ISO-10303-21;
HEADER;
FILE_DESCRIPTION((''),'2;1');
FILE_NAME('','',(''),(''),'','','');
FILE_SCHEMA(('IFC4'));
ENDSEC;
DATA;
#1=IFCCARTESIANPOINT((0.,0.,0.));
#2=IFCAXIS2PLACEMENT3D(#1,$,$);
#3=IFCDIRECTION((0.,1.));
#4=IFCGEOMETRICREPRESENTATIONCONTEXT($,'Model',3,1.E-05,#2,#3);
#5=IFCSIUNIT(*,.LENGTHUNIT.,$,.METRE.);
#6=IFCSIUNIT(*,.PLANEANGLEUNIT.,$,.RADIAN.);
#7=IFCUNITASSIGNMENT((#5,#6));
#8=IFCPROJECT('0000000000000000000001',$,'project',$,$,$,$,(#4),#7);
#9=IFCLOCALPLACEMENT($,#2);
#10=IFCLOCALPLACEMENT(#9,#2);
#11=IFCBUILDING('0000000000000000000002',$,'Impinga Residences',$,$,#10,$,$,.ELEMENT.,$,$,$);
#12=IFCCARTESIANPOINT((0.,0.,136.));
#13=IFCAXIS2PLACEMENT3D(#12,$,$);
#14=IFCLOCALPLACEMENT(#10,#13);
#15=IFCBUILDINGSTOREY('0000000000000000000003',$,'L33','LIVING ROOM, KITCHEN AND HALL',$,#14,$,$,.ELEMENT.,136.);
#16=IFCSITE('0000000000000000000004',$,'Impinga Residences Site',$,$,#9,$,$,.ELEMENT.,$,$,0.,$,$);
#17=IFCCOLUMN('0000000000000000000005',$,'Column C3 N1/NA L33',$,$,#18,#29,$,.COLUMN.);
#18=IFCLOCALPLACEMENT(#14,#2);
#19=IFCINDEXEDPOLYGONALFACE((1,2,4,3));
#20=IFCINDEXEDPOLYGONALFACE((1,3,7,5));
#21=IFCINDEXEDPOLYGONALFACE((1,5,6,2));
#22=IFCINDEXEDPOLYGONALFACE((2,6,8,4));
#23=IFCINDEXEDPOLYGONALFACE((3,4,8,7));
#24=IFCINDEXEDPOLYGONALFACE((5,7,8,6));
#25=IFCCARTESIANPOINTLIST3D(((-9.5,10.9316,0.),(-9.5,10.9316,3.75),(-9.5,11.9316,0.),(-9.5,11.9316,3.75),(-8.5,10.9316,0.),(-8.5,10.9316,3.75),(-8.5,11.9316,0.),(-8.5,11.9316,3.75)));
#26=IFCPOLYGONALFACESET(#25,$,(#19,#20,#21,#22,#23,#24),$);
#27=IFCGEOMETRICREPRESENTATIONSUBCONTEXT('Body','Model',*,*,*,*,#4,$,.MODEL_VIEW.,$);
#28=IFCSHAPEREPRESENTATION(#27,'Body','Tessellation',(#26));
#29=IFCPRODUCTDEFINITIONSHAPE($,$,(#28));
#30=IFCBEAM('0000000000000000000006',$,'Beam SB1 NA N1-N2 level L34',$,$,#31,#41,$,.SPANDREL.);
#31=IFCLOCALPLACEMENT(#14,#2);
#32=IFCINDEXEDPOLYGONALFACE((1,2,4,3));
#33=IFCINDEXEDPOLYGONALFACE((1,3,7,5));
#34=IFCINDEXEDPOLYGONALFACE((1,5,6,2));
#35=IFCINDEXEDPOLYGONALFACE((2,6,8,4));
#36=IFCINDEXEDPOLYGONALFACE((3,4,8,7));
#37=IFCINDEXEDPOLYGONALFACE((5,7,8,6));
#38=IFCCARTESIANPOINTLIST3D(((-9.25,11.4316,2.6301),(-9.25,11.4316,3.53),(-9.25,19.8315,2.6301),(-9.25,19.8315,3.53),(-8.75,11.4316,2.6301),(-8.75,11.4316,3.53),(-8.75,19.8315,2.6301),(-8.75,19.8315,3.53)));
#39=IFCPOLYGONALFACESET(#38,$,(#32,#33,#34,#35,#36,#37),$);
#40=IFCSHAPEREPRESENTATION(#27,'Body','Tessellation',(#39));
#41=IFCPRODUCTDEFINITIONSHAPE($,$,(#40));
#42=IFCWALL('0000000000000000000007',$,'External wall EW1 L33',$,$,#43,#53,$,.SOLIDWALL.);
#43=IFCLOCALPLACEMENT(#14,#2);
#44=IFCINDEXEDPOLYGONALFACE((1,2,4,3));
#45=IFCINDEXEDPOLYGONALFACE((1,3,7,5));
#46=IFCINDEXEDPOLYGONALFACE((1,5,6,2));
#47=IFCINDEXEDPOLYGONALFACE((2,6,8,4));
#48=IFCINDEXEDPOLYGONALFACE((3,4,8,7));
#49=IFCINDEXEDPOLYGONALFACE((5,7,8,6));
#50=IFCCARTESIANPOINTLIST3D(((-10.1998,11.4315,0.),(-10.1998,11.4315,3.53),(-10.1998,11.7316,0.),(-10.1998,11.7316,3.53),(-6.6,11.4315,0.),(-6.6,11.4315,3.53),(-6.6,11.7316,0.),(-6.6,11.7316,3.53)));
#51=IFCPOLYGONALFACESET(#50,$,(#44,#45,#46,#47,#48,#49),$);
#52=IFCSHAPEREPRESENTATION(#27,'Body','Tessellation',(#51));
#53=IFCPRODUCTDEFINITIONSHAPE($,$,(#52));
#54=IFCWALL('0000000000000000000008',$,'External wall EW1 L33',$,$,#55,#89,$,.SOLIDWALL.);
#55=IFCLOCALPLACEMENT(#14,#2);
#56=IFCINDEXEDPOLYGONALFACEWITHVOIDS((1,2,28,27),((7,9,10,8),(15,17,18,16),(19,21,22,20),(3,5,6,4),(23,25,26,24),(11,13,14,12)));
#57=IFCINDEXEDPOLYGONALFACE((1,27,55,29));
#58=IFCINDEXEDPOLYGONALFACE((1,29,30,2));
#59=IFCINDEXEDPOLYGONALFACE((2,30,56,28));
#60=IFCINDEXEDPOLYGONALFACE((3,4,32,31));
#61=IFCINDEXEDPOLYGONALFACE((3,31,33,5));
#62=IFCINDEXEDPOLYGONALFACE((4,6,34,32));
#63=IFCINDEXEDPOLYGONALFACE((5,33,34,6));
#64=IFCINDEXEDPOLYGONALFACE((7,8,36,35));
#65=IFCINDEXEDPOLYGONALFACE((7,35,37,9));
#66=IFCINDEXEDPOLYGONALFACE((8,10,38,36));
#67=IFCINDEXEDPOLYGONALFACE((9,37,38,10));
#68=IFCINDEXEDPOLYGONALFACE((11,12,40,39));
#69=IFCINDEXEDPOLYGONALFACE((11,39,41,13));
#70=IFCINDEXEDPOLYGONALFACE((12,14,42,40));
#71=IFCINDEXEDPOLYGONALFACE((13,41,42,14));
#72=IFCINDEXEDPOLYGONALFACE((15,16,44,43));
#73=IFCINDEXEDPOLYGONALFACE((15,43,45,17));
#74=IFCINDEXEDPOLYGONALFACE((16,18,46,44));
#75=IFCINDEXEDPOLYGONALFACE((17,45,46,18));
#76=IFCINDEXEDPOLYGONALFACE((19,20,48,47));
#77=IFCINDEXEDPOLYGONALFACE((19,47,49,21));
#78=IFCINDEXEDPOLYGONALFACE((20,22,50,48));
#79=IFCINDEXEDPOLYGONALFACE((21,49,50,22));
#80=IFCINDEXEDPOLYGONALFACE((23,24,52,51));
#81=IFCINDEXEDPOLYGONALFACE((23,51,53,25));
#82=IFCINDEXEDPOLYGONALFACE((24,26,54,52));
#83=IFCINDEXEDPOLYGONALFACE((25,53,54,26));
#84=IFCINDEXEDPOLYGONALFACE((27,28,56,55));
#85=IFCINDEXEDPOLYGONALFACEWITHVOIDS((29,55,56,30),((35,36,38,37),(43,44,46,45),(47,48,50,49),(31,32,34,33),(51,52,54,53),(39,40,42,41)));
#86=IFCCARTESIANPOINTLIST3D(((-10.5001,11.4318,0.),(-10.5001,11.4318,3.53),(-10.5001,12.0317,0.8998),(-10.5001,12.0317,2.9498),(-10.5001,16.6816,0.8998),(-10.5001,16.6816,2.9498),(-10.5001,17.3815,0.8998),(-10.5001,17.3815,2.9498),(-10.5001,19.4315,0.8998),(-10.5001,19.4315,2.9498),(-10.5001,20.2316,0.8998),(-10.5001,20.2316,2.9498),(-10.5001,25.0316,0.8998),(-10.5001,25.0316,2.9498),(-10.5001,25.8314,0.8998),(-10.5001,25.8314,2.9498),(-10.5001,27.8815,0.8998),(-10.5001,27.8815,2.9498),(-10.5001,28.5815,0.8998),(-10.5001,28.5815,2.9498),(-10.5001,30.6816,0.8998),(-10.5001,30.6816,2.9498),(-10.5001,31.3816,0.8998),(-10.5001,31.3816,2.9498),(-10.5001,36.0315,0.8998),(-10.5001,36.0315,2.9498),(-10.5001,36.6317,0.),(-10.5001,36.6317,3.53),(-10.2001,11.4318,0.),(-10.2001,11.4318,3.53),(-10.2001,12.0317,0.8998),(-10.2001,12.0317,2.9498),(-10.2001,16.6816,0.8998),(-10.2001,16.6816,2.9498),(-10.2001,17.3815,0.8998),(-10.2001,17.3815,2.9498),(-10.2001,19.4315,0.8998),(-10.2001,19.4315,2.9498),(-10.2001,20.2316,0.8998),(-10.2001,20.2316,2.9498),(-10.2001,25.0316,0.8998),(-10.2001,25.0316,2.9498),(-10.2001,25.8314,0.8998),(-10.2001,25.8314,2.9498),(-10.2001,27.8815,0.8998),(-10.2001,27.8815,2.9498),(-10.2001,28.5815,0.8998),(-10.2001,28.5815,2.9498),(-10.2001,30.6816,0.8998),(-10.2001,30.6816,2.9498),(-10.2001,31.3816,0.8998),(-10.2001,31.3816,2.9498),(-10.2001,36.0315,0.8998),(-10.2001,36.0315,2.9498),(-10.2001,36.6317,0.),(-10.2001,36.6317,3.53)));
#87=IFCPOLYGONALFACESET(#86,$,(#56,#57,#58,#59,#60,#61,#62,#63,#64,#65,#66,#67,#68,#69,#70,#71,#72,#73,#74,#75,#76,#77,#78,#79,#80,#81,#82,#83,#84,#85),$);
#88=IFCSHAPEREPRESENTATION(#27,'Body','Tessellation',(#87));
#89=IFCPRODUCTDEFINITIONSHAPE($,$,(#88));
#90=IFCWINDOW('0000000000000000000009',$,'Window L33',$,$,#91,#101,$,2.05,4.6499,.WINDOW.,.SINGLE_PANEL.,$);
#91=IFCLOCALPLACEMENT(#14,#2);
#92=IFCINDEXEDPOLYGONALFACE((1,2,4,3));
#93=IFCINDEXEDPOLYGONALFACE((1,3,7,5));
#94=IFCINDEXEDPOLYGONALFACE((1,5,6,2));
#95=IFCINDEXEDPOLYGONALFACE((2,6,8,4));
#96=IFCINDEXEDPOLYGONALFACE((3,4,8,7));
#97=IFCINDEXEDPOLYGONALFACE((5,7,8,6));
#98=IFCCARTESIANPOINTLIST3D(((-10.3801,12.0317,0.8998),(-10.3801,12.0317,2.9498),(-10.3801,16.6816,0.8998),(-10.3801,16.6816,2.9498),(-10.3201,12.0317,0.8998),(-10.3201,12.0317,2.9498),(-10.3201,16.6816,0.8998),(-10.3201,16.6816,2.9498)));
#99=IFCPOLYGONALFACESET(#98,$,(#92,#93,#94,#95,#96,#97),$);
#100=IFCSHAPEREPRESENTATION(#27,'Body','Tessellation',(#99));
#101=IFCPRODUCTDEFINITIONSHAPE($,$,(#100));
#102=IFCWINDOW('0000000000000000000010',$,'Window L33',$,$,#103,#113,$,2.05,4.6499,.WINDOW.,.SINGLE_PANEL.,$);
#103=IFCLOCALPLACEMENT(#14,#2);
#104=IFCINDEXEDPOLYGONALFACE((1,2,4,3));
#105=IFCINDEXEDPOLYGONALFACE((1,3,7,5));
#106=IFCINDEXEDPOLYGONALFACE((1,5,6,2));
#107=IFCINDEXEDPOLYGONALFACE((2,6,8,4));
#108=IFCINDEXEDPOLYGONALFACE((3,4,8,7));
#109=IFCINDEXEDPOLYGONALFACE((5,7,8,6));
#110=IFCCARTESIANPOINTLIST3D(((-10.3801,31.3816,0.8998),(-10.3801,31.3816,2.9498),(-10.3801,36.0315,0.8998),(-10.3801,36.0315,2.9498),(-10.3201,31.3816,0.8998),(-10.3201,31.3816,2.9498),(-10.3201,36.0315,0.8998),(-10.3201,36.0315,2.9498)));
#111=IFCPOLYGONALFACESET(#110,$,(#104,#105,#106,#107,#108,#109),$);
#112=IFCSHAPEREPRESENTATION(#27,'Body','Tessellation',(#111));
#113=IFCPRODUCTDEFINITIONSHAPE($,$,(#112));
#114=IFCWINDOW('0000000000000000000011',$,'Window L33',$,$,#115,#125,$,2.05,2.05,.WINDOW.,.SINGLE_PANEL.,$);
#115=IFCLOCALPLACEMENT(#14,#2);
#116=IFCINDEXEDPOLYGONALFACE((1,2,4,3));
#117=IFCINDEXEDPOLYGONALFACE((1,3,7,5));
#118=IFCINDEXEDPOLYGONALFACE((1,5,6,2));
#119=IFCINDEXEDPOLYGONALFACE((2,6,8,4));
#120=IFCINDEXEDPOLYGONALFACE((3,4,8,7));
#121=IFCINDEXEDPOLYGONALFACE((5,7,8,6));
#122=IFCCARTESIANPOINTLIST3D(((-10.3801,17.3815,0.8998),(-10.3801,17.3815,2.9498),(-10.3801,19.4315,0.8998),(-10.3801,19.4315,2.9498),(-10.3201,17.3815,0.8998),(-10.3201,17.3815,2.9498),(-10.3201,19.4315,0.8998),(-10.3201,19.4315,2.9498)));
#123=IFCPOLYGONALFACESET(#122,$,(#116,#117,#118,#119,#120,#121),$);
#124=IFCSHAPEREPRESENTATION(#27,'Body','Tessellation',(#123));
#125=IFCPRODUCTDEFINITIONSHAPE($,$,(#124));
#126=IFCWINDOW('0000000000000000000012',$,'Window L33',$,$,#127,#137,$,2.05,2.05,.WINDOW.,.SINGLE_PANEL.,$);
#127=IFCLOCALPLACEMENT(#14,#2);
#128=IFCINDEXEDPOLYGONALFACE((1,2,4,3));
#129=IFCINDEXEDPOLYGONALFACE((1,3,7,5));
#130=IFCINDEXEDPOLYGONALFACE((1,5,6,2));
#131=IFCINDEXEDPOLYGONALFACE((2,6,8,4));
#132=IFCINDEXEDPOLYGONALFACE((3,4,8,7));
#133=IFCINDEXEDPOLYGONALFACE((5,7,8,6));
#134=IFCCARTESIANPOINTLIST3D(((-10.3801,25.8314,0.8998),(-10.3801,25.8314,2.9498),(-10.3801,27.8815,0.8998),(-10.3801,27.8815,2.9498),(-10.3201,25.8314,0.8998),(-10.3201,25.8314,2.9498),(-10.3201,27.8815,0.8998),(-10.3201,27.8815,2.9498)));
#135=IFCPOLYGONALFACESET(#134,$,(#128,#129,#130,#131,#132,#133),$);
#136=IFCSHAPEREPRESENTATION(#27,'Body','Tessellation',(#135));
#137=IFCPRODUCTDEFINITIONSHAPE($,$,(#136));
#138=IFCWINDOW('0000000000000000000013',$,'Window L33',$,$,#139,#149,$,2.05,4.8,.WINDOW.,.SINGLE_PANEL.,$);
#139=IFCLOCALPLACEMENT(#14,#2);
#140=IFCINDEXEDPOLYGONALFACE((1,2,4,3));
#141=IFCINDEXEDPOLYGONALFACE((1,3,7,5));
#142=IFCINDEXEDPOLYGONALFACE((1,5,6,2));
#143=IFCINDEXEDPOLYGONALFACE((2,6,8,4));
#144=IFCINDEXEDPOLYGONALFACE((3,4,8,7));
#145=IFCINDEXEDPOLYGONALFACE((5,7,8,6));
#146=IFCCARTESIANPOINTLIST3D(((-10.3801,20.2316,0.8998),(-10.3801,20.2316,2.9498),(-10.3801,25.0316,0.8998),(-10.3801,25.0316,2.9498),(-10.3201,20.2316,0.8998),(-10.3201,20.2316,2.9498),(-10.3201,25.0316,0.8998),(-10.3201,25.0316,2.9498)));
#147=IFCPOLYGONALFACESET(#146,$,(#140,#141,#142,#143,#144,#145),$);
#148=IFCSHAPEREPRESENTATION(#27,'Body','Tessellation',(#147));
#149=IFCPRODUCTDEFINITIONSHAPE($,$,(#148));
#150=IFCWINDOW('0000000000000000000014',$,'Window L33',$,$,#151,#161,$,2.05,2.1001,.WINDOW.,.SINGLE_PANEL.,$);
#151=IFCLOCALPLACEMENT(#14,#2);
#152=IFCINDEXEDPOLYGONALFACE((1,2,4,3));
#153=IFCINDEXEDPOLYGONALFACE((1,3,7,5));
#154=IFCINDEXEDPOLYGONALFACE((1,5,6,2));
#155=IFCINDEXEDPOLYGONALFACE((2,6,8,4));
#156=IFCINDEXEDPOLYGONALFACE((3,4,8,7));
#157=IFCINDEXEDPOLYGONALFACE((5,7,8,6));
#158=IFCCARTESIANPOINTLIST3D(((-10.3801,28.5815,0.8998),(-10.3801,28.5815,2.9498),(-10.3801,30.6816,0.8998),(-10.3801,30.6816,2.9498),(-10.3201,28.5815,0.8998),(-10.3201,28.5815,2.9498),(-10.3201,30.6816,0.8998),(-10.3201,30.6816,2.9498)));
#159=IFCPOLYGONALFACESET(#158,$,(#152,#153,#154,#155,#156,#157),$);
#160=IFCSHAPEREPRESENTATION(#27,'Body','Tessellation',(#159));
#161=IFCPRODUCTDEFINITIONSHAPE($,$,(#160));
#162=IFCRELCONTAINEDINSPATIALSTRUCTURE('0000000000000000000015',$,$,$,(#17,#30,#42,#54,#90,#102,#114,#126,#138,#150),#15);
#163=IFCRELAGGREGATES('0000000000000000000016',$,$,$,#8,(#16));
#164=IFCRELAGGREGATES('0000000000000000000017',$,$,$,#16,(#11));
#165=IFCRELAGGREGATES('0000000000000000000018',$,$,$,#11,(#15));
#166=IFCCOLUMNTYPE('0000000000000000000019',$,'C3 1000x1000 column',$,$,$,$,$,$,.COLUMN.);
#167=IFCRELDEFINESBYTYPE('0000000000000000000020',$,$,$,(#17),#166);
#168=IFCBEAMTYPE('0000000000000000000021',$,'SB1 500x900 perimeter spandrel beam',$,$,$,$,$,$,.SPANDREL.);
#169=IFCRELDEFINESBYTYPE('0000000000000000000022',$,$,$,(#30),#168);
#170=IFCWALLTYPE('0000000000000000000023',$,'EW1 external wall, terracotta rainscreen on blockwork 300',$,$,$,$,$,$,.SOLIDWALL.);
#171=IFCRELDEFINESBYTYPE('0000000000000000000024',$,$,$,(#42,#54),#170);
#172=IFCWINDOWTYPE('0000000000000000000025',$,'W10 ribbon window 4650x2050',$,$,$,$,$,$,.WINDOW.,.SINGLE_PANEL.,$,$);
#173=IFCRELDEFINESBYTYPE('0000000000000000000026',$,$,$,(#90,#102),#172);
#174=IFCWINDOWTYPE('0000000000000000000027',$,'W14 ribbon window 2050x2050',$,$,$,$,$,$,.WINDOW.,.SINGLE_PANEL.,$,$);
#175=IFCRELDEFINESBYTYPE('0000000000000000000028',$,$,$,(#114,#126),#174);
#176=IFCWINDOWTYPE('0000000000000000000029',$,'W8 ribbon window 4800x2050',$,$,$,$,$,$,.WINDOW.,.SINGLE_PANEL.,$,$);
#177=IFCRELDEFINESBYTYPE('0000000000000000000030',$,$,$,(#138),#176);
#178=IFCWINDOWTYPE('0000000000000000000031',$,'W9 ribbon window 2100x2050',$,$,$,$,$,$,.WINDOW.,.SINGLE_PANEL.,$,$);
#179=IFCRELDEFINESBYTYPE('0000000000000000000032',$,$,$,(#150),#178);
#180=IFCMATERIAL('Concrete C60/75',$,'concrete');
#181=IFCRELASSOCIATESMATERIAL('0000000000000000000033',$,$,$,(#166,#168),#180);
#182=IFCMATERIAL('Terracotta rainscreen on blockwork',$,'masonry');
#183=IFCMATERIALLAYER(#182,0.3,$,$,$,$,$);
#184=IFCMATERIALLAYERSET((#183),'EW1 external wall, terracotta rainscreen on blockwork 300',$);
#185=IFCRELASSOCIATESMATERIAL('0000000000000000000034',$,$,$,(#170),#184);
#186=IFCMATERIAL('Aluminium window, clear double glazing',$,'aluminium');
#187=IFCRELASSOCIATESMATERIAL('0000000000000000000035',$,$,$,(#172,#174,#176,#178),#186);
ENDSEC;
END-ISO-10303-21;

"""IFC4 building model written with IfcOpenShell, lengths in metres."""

from ifc_helpers import new_model, si_unit, direction, frame, frame_2d, origin, origin_2d, place, context, subcontext, project, spatial, rectangle, extrude, material, layer, layer_set, material_profile, profile_set, type_object, element, fill, save


model = new_model("IFC4")

# Units and contexts
model_context = context("Model", 3, precision=1e-05, world=origin(), true_north=direction((0.0, 1.0)))
body_context = subcontext(model_context, "Body", "Model", "MODEL_VIEW")
ifc_project = project(units=[si_unit("LENGTHUNIT", "METRE"), si_unit("PLANEANGLEUNIT", "RADIAN")], contexts=[model_context])

# Site, building, storey
site_placement = place(None, origin())
site = spatial("IfcSite", under=ifc_project, at=site_placement, Name="Impinga Residences Site", CompositionType="ELEMENT", RefElevation=0.0)
building_placement = place(site_placement, origin())
building = spatial("IfcBuilding", under=site, at=building_placement, Name="Impinga Residences", CompositionType="ELEMENT")
storey_placement = place(building_placement, frame((0.0, 0.0, 136.0)))
storey = spatial("IfcBuildingStorey", under=building, at=storey_placement, Name="L33", Description="LIVING ROOM, KITCHEN AND HALL", CompositionType="ELEMENT", Elevation=136.0)

# Column
ifc_material_1 = material(Name="Concrete C60/75", Category="concrete")
ifc_material_profile_1 = material_profile(ifc_material_1, rectangle(XDim=1.0, YDim=1.0, at=origin_2d()), Name="RC 1000x1000")
ifc_profile_set_1 = profile_set([ifc_material_profile_1], Name="Concrete C60/75")
column_type = type_object("IfcColumnType", Name="C3 1000x1000 column", PredefinedType="COLUMN", material=ifc_profile_set_1)
column_placement = place(storey_placement, frame((-9.0, 11.4316, 0.0), z_axis=(0.0, 0.0, 1.0), x_axis=(1.0, 0.0, 0.0)))
element("IfcColumn", 1, at=column_placement, inside=storey, type_object=column_type, Name="Column C3 N1/NA L33", PredefinedType="COLUMN", context=body_context, shape_type="SweptSolid", body=[
    extrude(rectangle(XDim=1.0, YDim=1.0, at=origin_2d()), origin(), (0.0, 0.0, 1.0), 3.75),
])

# Beam
ifc_material_profile_2 = material_profile(ifc_material_1, rectangle(XDim=0.5, YDim=0.8999, at=origin_2d()), Name="RC 500x900")
ifc_profile_set_2 = profile_set([ifc_material_profile_2], Name="Concrete C60/75")
beam_type = type_object("IfcBeamType", Name="SB1 500x900 perimeter spandrel beam", PredefinedType="SPANDREL", material=ifc_profile_set_2)
beam_placement = place(storey_placement, frame((-9.0, 11.4316, 3.0801), z_axis=(0.0, 1.0, 0.0), x_axis=(-1.0, 0.0, 0.0)))
element("IfcBeam", 2, at=beam_placement, inside=storey, type_object=beam_type, Name="Beam SB1 NA N1-N2 level L34", PredefinedType="SPANDREL", context=body_context, shape_type="SweptSolid", body=[
    extrude(rectangle(XDim=0.5, YDim=0.8999, at=origin_2d()), origin(), (0.0, 0.0, 1.0), 8.3999),
])

# Wall
ifc_material_2 = material(Name="Terracotta rainscreen on blockwork", Category="masonry")
ifc_layer_1 = layer(ifc_material_2, 0.3)
ifc_layer_set_1 = layer_set([ifc_layer_1], Name="EW1 external wall, terracotta rainscreen on blockwork 300")
wall_type_1 = type_object("IfcWallType", Name="EW1 external wall, terracotta rainscreen on blockwork 300", PredefinedType="SOLIDWALL", material=ifc_layer_set_1)
wall_1_placement = place(storey_placement, frame((-6.6001, 11.5815, 0.0), z_axis=(0.0, 0.0, 1.0), x_axis=(-1.0, 0.0, 0.0)))
element("IfcWall", 3, at=wall_1_placement, inside=storey, type_object=wall_type_1, Name="External wall EW1 L33", PredefinedType="SOLIDWALL", context=body_context, shape_type="SweptSolid", body=[
    extrude(rectangle(XDim=3.5999, YDim=0.3, at=frame_2d((1.7998, 0.0))), origin(), (0.0, 0.0, 1.0), 3.53),
])

# Wall, openings, windows
wall_2_placement = place(storey_placement, frame((-10.3501, 11.4316, 0.0), z_axis=(0.0, 0.0, 1.0), x_axis=(0.0, 1.0, 0.0)))
wall_2 = element("IfcWall", 4, at=wall_2_placement, inside=storey, type_object=wall_type_1, Name="External wall EW1 L33", PredefinedType="SOLIDWALL", context=body_context, shape_type="SweptSolid", body=[
    extrude(rectangle(XDim=25.2, YDim=0.3, at=frame_2d((12.6001, 0.0))), origin(), (0.0, 0.0, 1.0), 3.53),
])
opening_1_placement = place(wall_2_placement, frame((0.6001, 0.0, 0.8999)))
opening_1 = element("IfcOpeningElement", 5, at=opening_1_placement, cuts=wall_2, PredefinedType="OPENING", context=body_context, shape_type="SweptSolid", body=[
    extrude(rectangle(XDim=4.6499, YDim=2.05, at=frame_2d((2.325, 1.0249))), frame((0.0, 0.1599, 0.0), z_axis=(0.0, -1.0, 0.0), x_axis=(1.0, 0.0, 0.0)), (0.0, 0.0, 1.0), 0.3201),
])
opening_2_placement = place(wall_2_placement, frame((5.95, 0.0, 0.8999)))
opening_2 = element("IfcOpeningElement", 6, at=opening_2_placement, cuts=wall_2, PredefinedType="OPENING", context=body_context, shape_type="SweptSolid", body=[
    extrude(rectangle(XDim=2.05, YDim=2.05, at=frame_2d((1.0249, 1.0249))), frame((0.0, 0.1599, 0.0), z_axis=(0.0, -1.0, 0.0), x_axis=(1.0, 0.0, 0.0)), (0.0, 0.0, 1.0), 0.3201),
])
opening_3_placement = place(wall_2_placement, frame((8.8, 0.0, 0.8999)))
opening_3 = element("IfcOpeningElement", 7, at=opening_3_placement, cuts=wall_2, PredefinedType="OPENING", context=body_context, shape_type="SweptSolid", body=[
    extrude(rectangle(XDim=4.8, YDim=2.05, at=frame_2d((2.3999, 1.0249))), frame((0.0, 0.1599, 0.0), z_axis=(0.0, -1.0, 0.0), x_axis=(1.0, 0.0, 0.0)), (0.0, 0.0, 1.0), 0.3201),
])
opening_4_placement = place(wall_2_placement, frame((14.3999, 0.0, 0.8999)))
opening_4 = element("IfcOpeningElement", 8, at=opening_4_placement, cuts=wall_2, PredefinedType="OPENING", context=body_context, shape_type="SweptSolid", body=[
    extrude(rectangle(XDim=2.05, YDim=2.05, at=frame_2d((1.0249, 1.0249))), frame((0.0, 0.1599, 0.0), z_axis=(0.0, -1.0, 0.0), x_axis=(1.0, 0.0, 0.0)), (0.0, 0.0, 1.0), 0.3201),
])
opening_5_placement = place(wall_2_placement, frame((17.1499, 0.0, 0.8999)))
opening_5 = element("IfcOpeningElement", 9, at=opening_5_placement, cuts=wall_2, PredefinedType="OPENING", context=body_context, shape_type="SweptSolid", body=[
    extrude(rectangle(XDim=2.1001, YDim=2.05, at=frame_2d((1.05, 1.0249))), frame((0.0, 0.1599, 0.0), z_axis=(0.0, -1.0, 0.0), x_axis=(1.0, 0.0, 0.0)), (0.0, 0.0, 1.0), 0.3201),
])
opening_6_placement = place(wall_2_placement, frame((19.95, 0.0, 0.8999)))
opening_6 = element("IfcOpeningElement", 10, at=opening_6_placement, cuts=wall_2, PredefinedType="OPENING", context=body_context, shape_type="SweptSolid", body=[
    extrude(rectangle(XDim=4.6499, YDim=2.05, at=frame_2d((2.325, 1.0249))), frame((0.0, 0.1599, 0.0), z_axis=(0.0, -1.0, 0.0), x_axis=(1.0, 0.0, 0.0)), (0.0, 0.0, 1.0), 0.3201),
])
ifc_material_3 = material(Name="Aluminium window, clear double glazing", Category="aluminium")
window_type_1 = type_object("IfcWindowType", Name="W10 ribbon window 4650x2050", PartitioningType="SINGLE_PANEL", PredefinedType="WINDOW", material=ifc_material_3)
window_1_placement = place(opening_1_placement, origin())
window_1 = element("IfcWindow", 11, at=window_1_placement, inside=storey, type_object=window_type_1, Name="Window L33", OverallHeight=2.05, OverallWidth=4.6499, PartitioningType="SINGLE_PANEL", PredefinedType="WINDOW", context=body_context, shape_type="SweptSolid", body=[
    extrude(rectangle(XDim=4.6499, YDim=2.05, at=frame_2d((2.325, 1.0249))), frame((0.0, 0.03, 0.0), z_axis=(0.0, -1.0, 0.0), x_axis=(1.0, 0.0, 0.0)), (0.0, 0.0, 1.0), 0.0601),
])
fill(opening_1, window_1)
window_2_placement = place(opening_6_placement, origin())
window_2 = element("IfcWindow", 12, at=window_2_placement, inside=storey, type_object=window_type_1, Name="Window L33", OverallHeight=2.05, OverallWidth=4.6499, PartitioningType="SINGLE_PANEL", PredefinedType="WINDOW", context=body_context, shape_type="SweptSolid", body=[
    extrude(rectangle(XDim=4.6499, YDim=2.05, at=frame_2d((2.325, 1.0249))), frame((0.0, 0.03, 0.0), z_axis=(0.0, -1.0, 0.0), x_axis=(1.0, 0.0, 0.0)), (0.0, 0.0, 1.0), 0.0601),
])
fill(opening_6, window_2)
window_type_2 = type_object("IfcWindowType", Name="W14 ribbon window 2050x2050", PartitioningType="SINGLE_PANEL", PredefinedType="WINDOW", material=ifc_material_3)
window_3_placement = place(opening_2_placement, origin())
window_3 = element("IfcWindow", 13, at=window_3_placement, inside=storey, type_object=window_type_2, Name="Window L33", OverallHeight=2.05, OverallWidth=2.05, PartitioningType="SINGLE_PANEL", PredefinedType="WINDOW", context=body_context, shape_type="SweptSolid", body=[
    extrude(rectangle(XDim=2.05, YDim=2.05, at=frame_2d((1.0249, 1.0249))), frame((0.0, 0.03, 0.0), z_axis=(0.0, -1.0, 0.0), x_axis=(1.0, 0.0, 0.0)), (0.0, 0.0, 1.0), 0.0601),
])
fill(opening_2, window_3)
window_4_placement = place(opening_4_placement, origin())
window_4 = element("IfcWindow", 14, at=window_4_placement, inside=storey, type_object=window_type_2, Name="Window L33", OverallHeight=2.05, OverallWidth=2.05, PartitioningType="SINGLE_PANEL", PredefinedType="WINDOW", context=body_context, shape_type="SweptSolid", body=[
    extrude(rectangle(XDim=2.05, YDim=2.05, at=frame_2d((1.0249, 1.0249))), frame((0.0, 0.03, 0.0), z_axis=(0.0, -1.0, 0.0), x_axis=(1.0, 0.0, 0.0)), (0.0, 0.0, 1.0), 0.0601),
])
fill(opening_4, window_4)
window_type_3 = type_object("IfcWindowType", Name="W8 ribbon window 4800x2050", PartitioningType="SINGLE_PANEL", PredefinedType="WINDOW", material=ifc_material_3)
window_5_placement = place(opening_3_placement, origin())
window_5 = element("IfcWindow", 15, at=window_5_placement, inside=storey, type_object=window_type_3, Name="Window L33", OverallHeight=2.05, OverallWidth=4.8, PartitioningType="SINGLE_PANEL", PredefinedType="WINDOW", context=body_context, shape_type="SweptSolid", body=[
    extrude(rectangle(XDim=4.8, YDim=2.05, at=frame_2d((2.3999, 1.0249))), frame((0.0, 0.03, 0.0), z_axis=(0.0, -1.0, 0.0), x_axis=(1.0, 0.0, 0.0)), (0.0, 0.0, 1.0), 0.0601),
])
fill(opening_3, window_5)
window_type_4 = type_object("IfcWindowType", Name="W9 ribbon window 2100x2050", PartitioningType="SINGLE_PANEL", PredefinedType="WINDOW", material=ifc_material_3)
window_6_placement = place(opening_5_placement, origin())
window_6 = element("IfcWindow", 16, at=window_6_placement, inside=storey, type_object=window_type_4, Name="Window L33", OverallHeight=2.05, OverallWidth=2.1001, PartitioningType="SINGLE_PANEL", PredefinedType="WINDOW", context=body_context, shape_type="SweptSolid", body=[
    extrude(rectangle(XDim=2.1001, YDim=2.05, at=frame_2d((1.05, 1.0249))), frame((0.0, 0.03, 0.0), z_axis=(0.0, -1.0, 0.0), x_axis=(1.0, 0.0, 0.0)), (0.0, 0.0, 1.0), 0.0601),
])
fill(opening_5, window_6)

save(model, "model.ifc")
